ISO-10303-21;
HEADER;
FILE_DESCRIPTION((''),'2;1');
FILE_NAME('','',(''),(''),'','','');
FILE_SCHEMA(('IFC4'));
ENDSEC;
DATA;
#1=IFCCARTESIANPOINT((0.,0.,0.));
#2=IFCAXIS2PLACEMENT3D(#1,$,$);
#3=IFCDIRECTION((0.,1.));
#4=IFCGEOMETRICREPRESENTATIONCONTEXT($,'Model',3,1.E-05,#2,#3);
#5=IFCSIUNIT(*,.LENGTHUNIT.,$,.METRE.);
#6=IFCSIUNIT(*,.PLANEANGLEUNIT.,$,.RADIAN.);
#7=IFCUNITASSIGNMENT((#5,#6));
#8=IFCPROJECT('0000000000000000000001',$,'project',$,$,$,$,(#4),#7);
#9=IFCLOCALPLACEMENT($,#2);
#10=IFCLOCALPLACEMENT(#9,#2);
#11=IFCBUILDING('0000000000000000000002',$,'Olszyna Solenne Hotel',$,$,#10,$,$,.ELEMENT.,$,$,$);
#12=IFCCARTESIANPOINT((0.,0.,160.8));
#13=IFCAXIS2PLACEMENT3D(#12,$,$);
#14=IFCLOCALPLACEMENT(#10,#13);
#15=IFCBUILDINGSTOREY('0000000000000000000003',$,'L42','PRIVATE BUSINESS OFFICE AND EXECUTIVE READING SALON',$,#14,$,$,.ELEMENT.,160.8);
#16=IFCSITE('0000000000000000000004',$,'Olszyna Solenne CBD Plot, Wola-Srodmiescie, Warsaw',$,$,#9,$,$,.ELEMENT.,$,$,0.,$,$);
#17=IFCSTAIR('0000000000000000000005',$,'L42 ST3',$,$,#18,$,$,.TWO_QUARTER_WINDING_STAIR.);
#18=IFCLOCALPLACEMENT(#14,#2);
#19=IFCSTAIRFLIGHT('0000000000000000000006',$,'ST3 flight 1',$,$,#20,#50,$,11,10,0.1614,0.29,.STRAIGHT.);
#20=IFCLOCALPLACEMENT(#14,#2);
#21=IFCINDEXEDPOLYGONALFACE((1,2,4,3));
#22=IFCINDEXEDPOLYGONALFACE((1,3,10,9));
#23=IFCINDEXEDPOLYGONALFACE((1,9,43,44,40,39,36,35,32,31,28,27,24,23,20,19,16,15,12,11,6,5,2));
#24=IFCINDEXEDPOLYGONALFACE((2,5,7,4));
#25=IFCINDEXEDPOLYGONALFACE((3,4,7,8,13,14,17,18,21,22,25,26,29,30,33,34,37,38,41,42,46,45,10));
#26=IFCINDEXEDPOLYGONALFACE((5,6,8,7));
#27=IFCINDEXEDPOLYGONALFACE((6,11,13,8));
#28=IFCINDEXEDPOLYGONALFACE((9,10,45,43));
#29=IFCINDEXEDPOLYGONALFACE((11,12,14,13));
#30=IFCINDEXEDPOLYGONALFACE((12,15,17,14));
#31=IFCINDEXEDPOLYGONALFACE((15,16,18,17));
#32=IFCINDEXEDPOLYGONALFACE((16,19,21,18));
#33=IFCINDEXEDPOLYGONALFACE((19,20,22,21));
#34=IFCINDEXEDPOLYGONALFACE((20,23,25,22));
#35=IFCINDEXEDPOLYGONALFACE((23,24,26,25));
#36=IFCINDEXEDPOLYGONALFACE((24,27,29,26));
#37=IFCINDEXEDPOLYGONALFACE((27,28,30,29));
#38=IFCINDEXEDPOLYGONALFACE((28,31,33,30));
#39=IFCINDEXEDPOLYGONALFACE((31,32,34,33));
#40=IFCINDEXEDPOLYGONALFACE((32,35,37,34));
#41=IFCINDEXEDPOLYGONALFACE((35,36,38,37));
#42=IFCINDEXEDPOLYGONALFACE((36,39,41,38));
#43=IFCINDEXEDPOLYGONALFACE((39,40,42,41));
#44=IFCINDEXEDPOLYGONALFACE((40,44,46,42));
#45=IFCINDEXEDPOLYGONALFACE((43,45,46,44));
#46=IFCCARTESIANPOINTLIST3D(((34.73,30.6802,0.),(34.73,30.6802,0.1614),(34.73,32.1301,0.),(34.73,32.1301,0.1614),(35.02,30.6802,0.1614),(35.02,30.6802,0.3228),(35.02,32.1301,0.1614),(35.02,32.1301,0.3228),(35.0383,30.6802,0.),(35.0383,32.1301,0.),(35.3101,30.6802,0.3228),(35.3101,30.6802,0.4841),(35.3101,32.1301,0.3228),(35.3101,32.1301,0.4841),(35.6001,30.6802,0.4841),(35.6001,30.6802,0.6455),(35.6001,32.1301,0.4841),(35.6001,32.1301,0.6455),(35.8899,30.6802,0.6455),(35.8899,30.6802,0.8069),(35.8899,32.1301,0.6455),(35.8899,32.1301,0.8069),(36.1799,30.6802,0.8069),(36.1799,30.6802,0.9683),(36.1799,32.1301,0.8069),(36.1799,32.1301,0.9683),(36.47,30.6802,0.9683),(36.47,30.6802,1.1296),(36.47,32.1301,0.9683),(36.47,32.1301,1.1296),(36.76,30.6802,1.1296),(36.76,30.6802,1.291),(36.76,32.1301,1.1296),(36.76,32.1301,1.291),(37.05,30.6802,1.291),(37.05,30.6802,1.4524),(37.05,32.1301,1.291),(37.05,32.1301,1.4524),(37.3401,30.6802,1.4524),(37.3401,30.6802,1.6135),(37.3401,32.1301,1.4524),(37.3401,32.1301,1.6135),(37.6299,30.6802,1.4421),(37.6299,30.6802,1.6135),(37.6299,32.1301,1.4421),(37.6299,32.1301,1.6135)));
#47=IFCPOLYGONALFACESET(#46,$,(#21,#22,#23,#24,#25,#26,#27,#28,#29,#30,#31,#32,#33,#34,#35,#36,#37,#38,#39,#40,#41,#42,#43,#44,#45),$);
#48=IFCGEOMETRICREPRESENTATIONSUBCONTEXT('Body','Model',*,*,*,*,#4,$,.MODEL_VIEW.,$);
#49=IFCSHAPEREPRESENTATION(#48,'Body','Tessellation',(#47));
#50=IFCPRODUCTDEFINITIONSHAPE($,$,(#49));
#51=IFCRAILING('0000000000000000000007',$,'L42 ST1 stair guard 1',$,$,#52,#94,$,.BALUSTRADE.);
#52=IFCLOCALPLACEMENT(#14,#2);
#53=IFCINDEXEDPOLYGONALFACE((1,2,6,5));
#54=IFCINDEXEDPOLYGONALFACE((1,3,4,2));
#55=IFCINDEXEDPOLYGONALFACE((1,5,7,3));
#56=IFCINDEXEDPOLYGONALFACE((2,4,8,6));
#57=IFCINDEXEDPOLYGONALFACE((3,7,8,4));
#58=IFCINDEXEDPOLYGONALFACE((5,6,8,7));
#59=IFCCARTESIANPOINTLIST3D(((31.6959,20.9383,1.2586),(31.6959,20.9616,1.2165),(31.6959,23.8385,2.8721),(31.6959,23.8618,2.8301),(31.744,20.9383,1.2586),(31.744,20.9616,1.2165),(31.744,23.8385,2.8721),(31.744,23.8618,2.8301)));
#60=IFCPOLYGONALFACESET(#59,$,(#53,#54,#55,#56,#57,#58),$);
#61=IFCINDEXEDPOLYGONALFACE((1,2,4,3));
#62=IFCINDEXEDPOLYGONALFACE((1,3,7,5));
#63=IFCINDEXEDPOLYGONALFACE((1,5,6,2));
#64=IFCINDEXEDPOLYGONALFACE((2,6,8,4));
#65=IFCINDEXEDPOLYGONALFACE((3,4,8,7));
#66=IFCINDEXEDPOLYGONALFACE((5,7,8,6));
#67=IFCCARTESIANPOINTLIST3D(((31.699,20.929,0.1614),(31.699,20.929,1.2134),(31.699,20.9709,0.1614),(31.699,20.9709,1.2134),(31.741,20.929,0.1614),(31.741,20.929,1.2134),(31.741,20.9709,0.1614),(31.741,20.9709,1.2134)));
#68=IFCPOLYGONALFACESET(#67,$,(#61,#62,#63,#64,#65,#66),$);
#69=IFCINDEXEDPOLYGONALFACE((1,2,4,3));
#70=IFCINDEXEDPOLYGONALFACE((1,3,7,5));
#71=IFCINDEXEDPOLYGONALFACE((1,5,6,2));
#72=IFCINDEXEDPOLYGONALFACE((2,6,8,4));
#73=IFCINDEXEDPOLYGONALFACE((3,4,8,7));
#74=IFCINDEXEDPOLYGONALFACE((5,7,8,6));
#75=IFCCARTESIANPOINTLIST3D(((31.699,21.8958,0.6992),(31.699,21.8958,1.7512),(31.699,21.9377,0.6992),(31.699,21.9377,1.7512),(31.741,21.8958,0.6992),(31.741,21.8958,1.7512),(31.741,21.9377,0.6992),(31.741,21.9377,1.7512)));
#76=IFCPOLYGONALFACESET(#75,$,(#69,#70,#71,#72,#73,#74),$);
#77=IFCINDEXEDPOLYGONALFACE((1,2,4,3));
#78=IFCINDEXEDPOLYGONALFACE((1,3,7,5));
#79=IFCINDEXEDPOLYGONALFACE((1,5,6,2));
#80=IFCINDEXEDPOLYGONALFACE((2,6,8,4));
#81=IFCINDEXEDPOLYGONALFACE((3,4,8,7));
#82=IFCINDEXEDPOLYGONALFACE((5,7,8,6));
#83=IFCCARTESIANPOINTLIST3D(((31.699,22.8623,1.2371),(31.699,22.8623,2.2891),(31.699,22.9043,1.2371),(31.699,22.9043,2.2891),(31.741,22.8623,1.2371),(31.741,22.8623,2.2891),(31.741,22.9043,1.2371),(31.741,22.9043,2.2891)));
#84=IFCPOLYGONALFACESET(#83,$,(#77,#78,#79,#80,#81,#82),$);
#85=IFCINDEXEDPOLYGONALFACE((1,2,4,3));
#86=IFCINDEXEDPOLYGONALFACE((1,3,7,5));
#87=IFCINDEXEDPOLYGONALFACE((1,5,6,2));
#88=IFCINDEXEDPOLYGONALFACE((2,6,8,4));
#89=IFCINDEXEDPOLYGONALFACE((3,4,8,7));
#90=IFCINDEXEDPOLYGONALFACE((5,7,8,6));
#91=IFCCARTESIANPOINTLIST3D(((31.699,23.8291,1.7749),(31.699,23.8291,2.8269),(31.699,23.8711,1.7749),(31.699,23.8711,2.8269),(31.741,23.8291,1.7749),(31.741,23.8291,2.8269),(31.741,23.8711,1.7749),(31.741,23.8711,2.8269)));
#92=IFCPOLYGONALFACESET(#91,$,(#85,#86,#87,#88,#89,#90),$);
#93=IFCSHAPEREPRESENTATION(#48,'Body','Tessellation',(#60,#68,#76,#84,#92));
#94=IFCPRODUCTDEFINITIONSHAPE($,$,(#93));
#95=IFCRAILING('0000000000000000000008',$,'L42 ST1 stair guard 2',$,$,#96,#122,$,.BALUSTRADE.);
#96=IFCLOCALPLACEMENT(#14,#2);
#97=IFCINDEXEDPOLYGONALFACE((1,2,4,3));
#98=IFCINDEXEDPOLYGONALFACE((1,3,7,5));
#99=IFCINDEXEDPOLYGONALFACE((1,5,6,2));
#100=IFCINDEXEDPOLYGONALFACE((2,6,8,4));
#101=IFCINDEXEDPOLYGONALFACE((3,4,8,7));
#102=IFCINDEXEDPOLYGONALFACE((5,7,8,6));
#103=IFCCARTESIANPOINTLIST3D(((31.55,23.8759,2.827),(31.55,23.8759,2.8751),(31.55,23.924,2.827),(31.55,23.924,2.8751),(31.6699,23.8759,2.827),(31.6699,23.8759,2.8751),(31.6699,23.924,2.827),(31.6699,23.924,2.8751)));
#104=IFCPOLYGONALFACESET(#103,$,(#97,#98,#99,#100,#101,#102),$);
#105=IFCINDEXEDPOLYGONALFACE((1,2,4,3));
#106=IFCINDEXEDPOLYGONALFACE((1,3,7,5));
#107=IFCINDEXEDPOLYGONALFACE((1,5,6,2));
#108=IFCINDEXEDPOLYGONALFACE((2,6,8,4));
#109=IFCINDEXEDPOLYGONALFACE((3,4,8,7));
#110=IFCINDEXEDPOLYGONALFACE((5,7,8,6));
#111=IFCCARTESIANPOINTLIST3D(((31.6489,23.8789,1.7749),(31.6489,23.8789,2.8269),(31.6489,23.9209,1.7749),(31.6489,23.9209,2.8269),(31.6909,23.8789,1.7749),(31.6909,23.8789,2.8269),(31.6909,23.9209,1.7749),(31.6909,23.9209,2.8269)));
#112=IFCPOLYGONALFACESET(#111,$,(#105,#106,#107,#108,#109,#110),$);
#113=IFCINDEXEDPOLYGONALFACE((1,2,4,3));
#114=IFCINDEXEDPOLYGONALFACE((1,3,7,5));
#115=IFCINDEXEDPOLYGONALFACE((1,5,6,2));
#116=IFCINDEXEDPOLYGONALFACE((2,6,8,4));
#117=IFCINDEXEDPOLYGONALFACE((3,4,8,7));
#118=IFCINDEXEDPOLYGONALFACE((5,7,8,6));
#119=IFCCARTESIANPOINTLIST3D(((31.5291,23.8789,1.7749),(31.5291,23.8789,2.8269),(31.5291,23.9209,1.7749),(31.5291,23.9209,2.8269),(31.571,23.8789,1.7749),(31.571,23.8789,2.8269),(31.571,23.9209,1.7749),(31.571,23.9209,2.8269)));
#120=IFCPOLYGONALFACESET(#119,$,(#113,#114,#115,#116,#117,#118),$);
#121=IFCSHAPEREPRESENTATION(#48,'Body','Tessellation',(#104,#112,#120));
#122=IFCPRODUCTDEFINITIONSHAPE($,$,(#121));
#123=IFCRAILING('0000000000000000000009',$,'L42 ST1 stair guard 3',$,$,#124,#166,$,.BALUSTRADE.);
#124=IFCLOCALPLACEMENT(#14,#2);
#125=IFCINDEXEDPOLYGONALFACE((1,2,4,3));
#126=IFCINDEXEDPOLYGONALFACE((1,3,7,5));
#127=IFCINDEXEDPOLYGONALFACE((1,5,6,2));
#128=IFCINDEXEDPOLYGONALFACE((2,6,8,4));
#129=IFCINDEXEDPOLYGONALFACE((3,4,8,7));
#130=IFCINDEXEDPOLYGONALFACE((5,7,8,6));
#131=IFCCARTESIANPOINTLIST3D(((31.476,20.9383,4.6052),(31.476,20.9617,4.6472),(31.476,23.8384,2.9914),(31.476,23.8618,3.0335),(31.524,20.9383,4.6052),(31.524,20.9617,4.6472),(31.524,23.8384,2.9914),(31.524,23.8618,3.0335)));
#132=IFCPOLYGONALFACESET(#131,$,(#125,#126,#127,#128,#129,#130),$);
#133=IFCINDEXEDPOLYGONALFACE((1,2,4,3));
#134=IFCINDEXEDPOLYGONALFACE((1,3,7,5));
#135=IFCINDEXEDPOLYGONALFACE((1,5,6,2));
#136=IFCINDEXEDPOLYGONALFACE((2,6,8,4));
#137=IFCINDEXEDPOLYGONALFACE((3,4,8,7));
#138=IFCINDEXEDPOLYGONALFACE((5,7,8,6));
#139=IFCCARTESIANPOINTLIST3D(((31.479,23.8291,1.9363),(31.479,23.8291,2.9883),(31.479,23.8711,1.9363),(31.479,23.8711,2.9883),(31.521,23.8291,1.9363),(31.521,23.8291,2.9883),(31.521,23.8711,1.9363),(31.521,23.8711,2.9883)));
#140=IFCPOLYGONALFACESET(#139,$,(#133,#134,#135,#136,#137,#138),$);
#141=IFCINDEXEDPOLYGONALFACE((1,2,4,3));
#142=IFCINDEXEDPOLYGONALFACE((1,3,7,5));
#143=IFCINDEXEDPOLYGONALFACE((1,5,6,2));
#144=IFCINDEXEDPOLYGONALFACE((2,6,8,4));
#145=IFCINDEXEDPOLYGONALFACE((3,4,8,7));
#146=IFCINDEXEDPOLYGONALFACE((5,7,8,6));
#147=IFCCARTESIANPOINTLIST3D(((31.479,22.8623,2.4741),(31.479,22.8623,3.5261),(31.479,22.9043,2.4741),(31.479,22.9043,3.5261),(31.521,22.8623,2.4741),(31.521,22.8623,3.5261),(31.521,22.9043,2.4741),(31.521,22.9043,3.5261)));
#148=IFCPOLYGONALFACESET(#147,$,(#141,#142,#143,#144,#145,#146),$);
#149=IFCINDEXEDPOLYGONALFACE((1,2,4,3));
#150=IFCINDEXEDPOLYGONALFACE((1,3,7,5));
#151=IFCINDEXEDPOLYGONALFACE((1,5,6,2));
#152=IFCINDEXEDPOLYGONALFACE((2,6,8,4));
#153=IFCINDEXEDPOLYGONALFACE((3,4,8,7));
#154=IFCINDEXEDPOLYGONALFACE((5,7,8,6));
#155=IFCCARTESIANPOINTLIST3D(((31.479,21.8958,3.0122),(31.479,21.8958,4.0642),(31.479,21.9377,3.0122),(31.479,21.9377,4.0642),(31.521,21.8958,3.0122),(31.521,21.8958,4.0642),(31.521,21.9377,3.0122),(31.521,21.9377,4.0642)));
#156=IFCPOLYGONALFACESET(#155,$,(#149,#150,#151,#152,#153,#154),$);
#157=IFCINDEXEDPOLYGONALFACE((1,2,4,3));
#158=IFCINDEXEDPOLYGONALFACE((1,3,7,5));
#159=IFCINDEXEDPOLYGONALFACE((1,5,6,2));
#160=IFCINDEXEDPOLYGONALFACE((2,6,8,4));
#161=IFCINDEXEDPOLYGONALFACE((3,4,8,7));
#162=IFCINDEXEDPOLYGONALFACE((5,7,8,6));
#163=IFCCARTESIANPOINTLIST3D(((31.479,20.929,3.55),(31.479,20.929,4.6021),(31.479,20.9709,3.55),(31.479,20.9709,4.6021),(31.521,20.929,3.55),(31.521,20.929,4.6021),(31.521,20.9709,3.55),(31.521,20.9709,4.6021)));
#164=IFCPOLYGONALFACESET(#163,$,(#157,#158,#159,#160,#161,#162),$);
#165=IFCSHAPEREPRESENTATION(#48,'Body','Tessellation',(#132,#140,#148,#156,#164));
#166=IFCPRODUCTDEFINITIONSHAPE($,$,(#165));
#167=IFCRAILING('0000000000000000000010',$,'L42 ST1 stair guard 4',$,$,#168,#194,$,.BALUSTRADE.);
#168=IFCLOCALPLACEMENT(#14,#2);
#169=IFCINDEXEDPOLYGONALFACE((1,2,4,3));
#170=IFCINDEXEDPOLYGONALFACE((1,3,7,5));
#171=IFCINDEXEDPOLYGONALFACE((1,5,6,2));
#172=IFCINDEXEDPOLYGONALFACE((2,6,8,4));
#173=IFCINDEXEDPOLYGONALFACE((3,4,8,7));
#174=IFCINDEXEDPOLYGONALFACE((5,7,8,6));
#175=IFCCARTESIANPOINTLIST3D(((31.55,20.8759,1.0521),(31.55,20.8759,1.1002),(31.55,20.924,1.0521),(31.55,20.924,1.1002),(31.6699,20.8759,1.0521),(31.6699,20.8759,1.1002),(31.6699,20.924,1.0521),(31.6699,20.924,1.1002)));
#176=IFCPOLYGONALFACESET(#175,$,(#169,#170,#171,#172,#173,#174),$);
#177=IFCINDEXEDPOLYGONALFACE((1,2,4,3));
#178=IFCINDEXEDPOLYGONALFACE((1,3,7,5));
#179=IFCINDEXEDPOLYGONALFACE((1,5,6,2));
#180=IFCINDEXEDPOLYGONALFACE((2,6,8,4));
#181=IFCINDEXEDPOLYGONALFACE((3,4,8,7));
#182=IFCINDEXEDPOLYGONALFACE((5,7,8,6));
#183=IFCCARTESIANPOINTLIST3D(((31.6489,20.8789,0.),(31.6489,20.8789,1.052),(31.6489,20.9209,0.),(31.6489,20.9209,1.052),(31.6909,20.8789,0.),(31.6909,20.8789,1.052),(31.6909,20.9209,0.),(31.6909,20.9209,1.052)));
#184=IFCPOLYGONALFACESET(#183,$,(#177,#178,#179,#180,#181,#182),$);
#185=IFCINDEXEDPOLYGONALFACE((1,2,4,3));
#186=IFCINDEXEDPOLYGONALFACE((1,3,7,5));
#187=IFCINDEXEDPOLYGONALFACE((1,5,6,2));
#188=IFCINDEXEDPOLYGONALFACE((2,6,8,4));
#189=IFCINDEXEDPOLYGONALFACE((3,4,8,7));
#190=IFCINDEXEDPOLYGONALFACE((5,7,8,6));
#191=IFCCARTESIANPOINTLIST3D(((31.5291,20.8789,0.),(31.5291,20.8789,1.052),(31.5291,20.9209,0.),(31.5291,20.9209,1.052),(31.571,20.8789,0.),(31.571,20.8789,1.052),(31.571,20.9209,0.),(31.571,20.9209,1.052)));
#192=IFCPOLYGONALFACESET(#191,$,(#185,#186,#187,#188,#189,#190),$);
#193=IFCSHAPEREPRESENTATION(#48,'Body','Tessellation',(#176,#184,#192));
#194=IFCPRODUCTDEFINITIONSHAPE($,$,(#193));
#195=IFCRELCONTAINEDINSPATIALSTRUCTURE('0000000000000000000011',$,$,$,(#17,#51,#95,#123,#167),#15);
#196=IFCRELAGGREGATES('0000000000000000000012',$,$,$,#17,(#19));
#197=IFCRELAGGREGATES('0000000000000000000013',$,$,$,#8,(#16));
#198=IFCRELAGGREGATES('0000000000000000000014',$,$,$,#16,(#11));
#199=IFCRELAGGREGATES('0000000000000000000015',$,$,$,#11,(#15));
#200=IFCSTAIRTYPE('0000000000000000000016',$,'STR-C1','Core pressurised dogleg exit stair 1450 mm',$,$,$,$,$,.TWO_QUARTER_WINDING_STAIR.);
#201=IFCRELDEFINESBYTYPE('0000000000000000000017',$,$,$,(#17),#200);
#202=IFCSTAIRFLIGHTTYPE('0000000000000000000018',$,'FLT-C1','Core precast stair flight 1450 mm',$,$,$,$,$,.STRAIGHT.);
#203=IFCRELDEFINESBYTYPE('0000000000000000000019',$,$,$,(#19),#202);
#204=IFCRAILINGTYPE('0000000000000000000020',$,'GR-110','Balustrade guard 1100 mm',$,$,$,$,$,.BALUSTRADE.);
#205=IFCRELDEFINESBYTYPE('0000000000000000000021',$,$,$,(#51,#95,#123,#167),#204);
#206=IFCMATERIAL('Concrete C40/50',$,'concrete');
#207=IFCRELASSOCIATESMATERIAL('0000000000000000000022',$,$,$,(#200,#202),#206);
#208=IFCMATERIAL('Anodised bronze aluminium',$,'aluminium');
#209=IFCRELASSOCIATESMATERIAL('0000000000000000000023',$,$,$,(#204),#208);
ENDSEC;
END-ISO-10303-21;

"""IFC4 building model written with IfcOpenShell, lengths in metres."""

from ifc_helpers import new_model, si_unit, direction, frame, origin, origin_2d, place, context, subcontext, project, spatial, polyline, rectangle, outline, extrude, material, type_object, element, aggregate, save


model = new_model("IFC4")

# Units and contexts
model_context = context("Model", 3, precision=1e-05, world=origin(), true_north=direction((0.0, 1.0)))
body_context = subcontext(model_context, "Body", "Model", "MODEL_VIEW")
ifc_project = project(units=[si_unit("LENGTHUNIT", "METRE"), si_unit("PLANEANGLEUNIT", "RADIAN")], contexts=[model_context])

# Site, building, storey
site_placement = place(None, origin())
site = spatial("IfcSite", under=ifc_project, at=site_placement, Name="Olszyna Solenne CBD Plot, Wola-Srodmiescie, Warsaw", CompositionType="ELEMENT", RefElevation=0.0)
building_placement = place(site_placement, origin())
building = spatial("IfcBuilding", under=site, at=building_placement, Name="Olszyna Solenne Hotel", CompositionType="ELEMENT")
storey_placement = place(building_placement, frame((0.0, 0.0, 160.8)))
storey = spatial("IfcBuildingStorey", under=building, at=storey_placement, Name="L42", Description="PRIVATE BUSINESS OFFICE AND EXECUTIVE READING SALON", CompositionType="ELEMENT", Elevation=160.8)

# Shared definitions
ifc_material_1 = material(Name="Concrete C40/50", Category="concrete")
stair_type = type_object("IfcStairType", Name="STR-C1", Description="Core pressurised dogleg exit stair 1450 mm", PredefinedType="TWO_QUARTER_WINDING_STAIR", material=ifc_material_1)
stair_flight_type = type_object("IfcStairFlightType", Name="FLT-C1", Description="Core precast stair flight 1450 mm", PredefinedType="STRAIGHT", material=ifc_material_1)

# Stair, stair flight
stair_1_placement = place(storey_placement, origin())
stair_1 = element("IfcStair", 1, at=stair_1_placement, inside=storey, type_object=stair_type, Name="L42 ST3", PredefinedType="TWO_QUARTER_WINDING_STAIR")
stair_flight_1_placement = place(storey_placement, frame((34.73, 31.405, 0.0), z_axis=(0.0, 0.0, 1.0), x_axis=(1.0, 0.0, 0.0)))
stair_flight_1 = element("IfcStairFlight", 2, at=stair_flight_1_placement, type_object=stair_flight_type, Name="ST3 flight 1", NumberOfRisers=11, NumberOfTreads=10, PredefinedType="STRAIGHT", RiserHeight=0.1614, TreadLength=0.29, context=body_context, shape_type="SweptSolid", body=[
    extrude(outline(polyline([(0.0, 0.0), (0.0, 0.1614), (0.29, 0.1614), (0.29, 0.3228), (0.5801, 0.3228), (0.5801, 0.4841), (0.8701, 0.4841), (0.8701, 0.6455), (1.1599, 0.6455), (1.1599, 0.8069), (1.45, 0.8069), (1.45, 0.9683), (1.74, 0.9683), (1.74, 1.1296), (2.03, 1.1296), (2.03, 1.291), (2.3201, 1.291), (2.3201, 1.4524), (2.6101, 1.4524), (2.6101, 1.6135), (2.8999, 1.6135), (2.8999, 1.7749), (2.8999, 1.4421), (0.3083, 0.0), (0.0, 0.0)])), frame((0.0, 0.7251, 0.0), z_axis=(0.0, -1.0, 0.0), x_axis=(1.0, 0.0, 0.0)), (0.0, 0.0, 1.0), 1.45),
])
aggregate(stair_1, [stair_flight_1])

# Railings
ifc_material_2 = material(Name="Anodised bronze aluminium", Category="aluminium")
railing_type_1 = type_object("IfcRailingType", Name="GR-110", Description="Balustrade guard 1100 mm", PredefinedType="BALUSTRADE", material=ifc_material_2)
railing_1_placement = place(storey_placement, frame((31.72, 20.95, 0.1614)))
element("IfcRailing", 3, at=railing_1_placement, inside=storey, type_object=railing_type_1, Name="L42 ST1 stair guard 1", PredefinedType="BALUSTRADE", context=body_context, shape_type="SweptSolid", body=[
    extrude(rectangle(XDim=0.0481, YDim=0.0481, at=origin_2d()), frame((0.0, 0.0, 1.0762), z_axis=(0.0, 0.873859, 0.48618), x_axis=(-1.0, 0.0, 0.0)), (0.0, 0.0, 1.0), 3.3188),
    extrude(rectangle(XDim=0.042, YDim=0.042, at=origin_2d()), origin(), (0.0, 0.0, 1.0), 1.052),
    extrude(rectangle(XDim=0.042, YDim=0.042, at=origin_2d()), frame((0.0, 0.9668, 0.5378)), (0.0, 0.0, 1.0), 1.052),
    extrude(rectangle(XDim=0.042, YDim=0.042, at=origin_2d()), frame((0.0, 1.9333, 1.0757)), (0.0, 0.0, 1.0), 1.052),
    extrude(rectangle(XDim=0.042, YDim=0.042, at=origin_2d()), frame((0.0, 2.9001, 1.6135)), (0.0, 0.0, 1.0), 1.052),
])
railing_2_placement = place(storey_placement, frame((31.6699, 23.8999, 1.7749)))
element("IfcRailing", 4, at=railing_2_placement, inside=storey, type_object=railing_type_1, Name="L42 ST1 stair guard 2", PredefinedType="BALUSTRADE", context=body_context, shape_type="SweptSolid", body=[
    extrude(rectangle(XDim=0.0481, YDim=0.0481, at=origin_2d()), frame((0.0, 0.0, 1.0762), z_axis=(-1.0, 0.0, 0.0), x_axis=(0.0, -1.0, 0.0)), (0.0, 0.0, 1.0), 0.1199),
    extrude(rectangle(XDim=0.042, YDim=0.042, at=origin_2d()), origin(), (0.0, 0.0, 1.0), 1.052),
    extrude(rectangle(XDim=0.042, YDim=0.042, at=origin_2d()), frame((-0.1199, 0.0, 0.0)), (0.0, 0.0, 1.0), 1.052),
])
railing_3_placement = place(storey_placement, frame((31.5, 23.8501, 1.9363)))
element("IfcRailing", 5, at=railing_3_placement, inside=storey, type_object=railing_type_1, Name="L42 ST1 stair guard 3", PredefinedType="BALUSTRADE", context=body_context, shape_type="SweptSolid", body=[
    extrude(rectangle(XDim=0.0481, YDim=0.0481, at=origin_2d()), frame((0.0, 0.0, 1.0762), z_axis=(0.0, -0.873827, 0.486236), x_axis=(1.0, 0.0, 0.0)), (0.0, 0.0, 1.0), 3.3188),
    extrude(rectangle(XDim=0.042, YDim=0.042, at=origin_2d()), origin(), (0.0, 0.0, 1.0), 1.052),
    extrude(rectangle(XDim=0.042, YDim=0.042, at=origin_2d()), frame((0.0, -0.9668, 0.5378)), (0.0, 0.0, 1.0), 1.052),
    extrude(rectangle(XDim=0.042, YDim=0.042, at=origin_2d()), frame((0.0, -1.9333, 1.0759)), (0.0, 0.0, 1.0), 1.052),
    extrude(rectangle(XDim=0.042, YDim=0.042, at=origin_2d()), frame((0.0, -2.9001, 1.6138)), (0.0, 0.0, 1.0), 1.052),
])
railing_4_placement = place(storey_placement, frame((31.6699, 20.8999, 0.0)))
element("IfcRailing", 6, at=railing_4_placement, inside=storey, type_object=railing_type_1, Name="L42 ST1 stair guard 4", PredefinedType="BALUSTRADE", context=body_context, shape_type="SweptSolid", body=[
    extrude(rectangle(XDim=0.0481, YDim=0.0481, at=origin_2d()), frame((0.0, 0.0, 1.0762), z_axis=(-1.0, 0.0, 0.0), x_axis=(0.0, -1.0, 0.0)), (0.0, 0.0, 1.0), 0.1199),
    extrude(rectangle(XDim=0.042, YDim=0.042, at=origin_2d()), origin(), (0.0, 0.0, 1.0), 1.052),
    extrude(rectangle(XDim=0.042, YDim=0.042, at=origin_2d()), frame((-0.1199, 0.0, 0.0)), (0.0, 0.0, 1.0), 1.052),
])

save(model, "model.ifc")
